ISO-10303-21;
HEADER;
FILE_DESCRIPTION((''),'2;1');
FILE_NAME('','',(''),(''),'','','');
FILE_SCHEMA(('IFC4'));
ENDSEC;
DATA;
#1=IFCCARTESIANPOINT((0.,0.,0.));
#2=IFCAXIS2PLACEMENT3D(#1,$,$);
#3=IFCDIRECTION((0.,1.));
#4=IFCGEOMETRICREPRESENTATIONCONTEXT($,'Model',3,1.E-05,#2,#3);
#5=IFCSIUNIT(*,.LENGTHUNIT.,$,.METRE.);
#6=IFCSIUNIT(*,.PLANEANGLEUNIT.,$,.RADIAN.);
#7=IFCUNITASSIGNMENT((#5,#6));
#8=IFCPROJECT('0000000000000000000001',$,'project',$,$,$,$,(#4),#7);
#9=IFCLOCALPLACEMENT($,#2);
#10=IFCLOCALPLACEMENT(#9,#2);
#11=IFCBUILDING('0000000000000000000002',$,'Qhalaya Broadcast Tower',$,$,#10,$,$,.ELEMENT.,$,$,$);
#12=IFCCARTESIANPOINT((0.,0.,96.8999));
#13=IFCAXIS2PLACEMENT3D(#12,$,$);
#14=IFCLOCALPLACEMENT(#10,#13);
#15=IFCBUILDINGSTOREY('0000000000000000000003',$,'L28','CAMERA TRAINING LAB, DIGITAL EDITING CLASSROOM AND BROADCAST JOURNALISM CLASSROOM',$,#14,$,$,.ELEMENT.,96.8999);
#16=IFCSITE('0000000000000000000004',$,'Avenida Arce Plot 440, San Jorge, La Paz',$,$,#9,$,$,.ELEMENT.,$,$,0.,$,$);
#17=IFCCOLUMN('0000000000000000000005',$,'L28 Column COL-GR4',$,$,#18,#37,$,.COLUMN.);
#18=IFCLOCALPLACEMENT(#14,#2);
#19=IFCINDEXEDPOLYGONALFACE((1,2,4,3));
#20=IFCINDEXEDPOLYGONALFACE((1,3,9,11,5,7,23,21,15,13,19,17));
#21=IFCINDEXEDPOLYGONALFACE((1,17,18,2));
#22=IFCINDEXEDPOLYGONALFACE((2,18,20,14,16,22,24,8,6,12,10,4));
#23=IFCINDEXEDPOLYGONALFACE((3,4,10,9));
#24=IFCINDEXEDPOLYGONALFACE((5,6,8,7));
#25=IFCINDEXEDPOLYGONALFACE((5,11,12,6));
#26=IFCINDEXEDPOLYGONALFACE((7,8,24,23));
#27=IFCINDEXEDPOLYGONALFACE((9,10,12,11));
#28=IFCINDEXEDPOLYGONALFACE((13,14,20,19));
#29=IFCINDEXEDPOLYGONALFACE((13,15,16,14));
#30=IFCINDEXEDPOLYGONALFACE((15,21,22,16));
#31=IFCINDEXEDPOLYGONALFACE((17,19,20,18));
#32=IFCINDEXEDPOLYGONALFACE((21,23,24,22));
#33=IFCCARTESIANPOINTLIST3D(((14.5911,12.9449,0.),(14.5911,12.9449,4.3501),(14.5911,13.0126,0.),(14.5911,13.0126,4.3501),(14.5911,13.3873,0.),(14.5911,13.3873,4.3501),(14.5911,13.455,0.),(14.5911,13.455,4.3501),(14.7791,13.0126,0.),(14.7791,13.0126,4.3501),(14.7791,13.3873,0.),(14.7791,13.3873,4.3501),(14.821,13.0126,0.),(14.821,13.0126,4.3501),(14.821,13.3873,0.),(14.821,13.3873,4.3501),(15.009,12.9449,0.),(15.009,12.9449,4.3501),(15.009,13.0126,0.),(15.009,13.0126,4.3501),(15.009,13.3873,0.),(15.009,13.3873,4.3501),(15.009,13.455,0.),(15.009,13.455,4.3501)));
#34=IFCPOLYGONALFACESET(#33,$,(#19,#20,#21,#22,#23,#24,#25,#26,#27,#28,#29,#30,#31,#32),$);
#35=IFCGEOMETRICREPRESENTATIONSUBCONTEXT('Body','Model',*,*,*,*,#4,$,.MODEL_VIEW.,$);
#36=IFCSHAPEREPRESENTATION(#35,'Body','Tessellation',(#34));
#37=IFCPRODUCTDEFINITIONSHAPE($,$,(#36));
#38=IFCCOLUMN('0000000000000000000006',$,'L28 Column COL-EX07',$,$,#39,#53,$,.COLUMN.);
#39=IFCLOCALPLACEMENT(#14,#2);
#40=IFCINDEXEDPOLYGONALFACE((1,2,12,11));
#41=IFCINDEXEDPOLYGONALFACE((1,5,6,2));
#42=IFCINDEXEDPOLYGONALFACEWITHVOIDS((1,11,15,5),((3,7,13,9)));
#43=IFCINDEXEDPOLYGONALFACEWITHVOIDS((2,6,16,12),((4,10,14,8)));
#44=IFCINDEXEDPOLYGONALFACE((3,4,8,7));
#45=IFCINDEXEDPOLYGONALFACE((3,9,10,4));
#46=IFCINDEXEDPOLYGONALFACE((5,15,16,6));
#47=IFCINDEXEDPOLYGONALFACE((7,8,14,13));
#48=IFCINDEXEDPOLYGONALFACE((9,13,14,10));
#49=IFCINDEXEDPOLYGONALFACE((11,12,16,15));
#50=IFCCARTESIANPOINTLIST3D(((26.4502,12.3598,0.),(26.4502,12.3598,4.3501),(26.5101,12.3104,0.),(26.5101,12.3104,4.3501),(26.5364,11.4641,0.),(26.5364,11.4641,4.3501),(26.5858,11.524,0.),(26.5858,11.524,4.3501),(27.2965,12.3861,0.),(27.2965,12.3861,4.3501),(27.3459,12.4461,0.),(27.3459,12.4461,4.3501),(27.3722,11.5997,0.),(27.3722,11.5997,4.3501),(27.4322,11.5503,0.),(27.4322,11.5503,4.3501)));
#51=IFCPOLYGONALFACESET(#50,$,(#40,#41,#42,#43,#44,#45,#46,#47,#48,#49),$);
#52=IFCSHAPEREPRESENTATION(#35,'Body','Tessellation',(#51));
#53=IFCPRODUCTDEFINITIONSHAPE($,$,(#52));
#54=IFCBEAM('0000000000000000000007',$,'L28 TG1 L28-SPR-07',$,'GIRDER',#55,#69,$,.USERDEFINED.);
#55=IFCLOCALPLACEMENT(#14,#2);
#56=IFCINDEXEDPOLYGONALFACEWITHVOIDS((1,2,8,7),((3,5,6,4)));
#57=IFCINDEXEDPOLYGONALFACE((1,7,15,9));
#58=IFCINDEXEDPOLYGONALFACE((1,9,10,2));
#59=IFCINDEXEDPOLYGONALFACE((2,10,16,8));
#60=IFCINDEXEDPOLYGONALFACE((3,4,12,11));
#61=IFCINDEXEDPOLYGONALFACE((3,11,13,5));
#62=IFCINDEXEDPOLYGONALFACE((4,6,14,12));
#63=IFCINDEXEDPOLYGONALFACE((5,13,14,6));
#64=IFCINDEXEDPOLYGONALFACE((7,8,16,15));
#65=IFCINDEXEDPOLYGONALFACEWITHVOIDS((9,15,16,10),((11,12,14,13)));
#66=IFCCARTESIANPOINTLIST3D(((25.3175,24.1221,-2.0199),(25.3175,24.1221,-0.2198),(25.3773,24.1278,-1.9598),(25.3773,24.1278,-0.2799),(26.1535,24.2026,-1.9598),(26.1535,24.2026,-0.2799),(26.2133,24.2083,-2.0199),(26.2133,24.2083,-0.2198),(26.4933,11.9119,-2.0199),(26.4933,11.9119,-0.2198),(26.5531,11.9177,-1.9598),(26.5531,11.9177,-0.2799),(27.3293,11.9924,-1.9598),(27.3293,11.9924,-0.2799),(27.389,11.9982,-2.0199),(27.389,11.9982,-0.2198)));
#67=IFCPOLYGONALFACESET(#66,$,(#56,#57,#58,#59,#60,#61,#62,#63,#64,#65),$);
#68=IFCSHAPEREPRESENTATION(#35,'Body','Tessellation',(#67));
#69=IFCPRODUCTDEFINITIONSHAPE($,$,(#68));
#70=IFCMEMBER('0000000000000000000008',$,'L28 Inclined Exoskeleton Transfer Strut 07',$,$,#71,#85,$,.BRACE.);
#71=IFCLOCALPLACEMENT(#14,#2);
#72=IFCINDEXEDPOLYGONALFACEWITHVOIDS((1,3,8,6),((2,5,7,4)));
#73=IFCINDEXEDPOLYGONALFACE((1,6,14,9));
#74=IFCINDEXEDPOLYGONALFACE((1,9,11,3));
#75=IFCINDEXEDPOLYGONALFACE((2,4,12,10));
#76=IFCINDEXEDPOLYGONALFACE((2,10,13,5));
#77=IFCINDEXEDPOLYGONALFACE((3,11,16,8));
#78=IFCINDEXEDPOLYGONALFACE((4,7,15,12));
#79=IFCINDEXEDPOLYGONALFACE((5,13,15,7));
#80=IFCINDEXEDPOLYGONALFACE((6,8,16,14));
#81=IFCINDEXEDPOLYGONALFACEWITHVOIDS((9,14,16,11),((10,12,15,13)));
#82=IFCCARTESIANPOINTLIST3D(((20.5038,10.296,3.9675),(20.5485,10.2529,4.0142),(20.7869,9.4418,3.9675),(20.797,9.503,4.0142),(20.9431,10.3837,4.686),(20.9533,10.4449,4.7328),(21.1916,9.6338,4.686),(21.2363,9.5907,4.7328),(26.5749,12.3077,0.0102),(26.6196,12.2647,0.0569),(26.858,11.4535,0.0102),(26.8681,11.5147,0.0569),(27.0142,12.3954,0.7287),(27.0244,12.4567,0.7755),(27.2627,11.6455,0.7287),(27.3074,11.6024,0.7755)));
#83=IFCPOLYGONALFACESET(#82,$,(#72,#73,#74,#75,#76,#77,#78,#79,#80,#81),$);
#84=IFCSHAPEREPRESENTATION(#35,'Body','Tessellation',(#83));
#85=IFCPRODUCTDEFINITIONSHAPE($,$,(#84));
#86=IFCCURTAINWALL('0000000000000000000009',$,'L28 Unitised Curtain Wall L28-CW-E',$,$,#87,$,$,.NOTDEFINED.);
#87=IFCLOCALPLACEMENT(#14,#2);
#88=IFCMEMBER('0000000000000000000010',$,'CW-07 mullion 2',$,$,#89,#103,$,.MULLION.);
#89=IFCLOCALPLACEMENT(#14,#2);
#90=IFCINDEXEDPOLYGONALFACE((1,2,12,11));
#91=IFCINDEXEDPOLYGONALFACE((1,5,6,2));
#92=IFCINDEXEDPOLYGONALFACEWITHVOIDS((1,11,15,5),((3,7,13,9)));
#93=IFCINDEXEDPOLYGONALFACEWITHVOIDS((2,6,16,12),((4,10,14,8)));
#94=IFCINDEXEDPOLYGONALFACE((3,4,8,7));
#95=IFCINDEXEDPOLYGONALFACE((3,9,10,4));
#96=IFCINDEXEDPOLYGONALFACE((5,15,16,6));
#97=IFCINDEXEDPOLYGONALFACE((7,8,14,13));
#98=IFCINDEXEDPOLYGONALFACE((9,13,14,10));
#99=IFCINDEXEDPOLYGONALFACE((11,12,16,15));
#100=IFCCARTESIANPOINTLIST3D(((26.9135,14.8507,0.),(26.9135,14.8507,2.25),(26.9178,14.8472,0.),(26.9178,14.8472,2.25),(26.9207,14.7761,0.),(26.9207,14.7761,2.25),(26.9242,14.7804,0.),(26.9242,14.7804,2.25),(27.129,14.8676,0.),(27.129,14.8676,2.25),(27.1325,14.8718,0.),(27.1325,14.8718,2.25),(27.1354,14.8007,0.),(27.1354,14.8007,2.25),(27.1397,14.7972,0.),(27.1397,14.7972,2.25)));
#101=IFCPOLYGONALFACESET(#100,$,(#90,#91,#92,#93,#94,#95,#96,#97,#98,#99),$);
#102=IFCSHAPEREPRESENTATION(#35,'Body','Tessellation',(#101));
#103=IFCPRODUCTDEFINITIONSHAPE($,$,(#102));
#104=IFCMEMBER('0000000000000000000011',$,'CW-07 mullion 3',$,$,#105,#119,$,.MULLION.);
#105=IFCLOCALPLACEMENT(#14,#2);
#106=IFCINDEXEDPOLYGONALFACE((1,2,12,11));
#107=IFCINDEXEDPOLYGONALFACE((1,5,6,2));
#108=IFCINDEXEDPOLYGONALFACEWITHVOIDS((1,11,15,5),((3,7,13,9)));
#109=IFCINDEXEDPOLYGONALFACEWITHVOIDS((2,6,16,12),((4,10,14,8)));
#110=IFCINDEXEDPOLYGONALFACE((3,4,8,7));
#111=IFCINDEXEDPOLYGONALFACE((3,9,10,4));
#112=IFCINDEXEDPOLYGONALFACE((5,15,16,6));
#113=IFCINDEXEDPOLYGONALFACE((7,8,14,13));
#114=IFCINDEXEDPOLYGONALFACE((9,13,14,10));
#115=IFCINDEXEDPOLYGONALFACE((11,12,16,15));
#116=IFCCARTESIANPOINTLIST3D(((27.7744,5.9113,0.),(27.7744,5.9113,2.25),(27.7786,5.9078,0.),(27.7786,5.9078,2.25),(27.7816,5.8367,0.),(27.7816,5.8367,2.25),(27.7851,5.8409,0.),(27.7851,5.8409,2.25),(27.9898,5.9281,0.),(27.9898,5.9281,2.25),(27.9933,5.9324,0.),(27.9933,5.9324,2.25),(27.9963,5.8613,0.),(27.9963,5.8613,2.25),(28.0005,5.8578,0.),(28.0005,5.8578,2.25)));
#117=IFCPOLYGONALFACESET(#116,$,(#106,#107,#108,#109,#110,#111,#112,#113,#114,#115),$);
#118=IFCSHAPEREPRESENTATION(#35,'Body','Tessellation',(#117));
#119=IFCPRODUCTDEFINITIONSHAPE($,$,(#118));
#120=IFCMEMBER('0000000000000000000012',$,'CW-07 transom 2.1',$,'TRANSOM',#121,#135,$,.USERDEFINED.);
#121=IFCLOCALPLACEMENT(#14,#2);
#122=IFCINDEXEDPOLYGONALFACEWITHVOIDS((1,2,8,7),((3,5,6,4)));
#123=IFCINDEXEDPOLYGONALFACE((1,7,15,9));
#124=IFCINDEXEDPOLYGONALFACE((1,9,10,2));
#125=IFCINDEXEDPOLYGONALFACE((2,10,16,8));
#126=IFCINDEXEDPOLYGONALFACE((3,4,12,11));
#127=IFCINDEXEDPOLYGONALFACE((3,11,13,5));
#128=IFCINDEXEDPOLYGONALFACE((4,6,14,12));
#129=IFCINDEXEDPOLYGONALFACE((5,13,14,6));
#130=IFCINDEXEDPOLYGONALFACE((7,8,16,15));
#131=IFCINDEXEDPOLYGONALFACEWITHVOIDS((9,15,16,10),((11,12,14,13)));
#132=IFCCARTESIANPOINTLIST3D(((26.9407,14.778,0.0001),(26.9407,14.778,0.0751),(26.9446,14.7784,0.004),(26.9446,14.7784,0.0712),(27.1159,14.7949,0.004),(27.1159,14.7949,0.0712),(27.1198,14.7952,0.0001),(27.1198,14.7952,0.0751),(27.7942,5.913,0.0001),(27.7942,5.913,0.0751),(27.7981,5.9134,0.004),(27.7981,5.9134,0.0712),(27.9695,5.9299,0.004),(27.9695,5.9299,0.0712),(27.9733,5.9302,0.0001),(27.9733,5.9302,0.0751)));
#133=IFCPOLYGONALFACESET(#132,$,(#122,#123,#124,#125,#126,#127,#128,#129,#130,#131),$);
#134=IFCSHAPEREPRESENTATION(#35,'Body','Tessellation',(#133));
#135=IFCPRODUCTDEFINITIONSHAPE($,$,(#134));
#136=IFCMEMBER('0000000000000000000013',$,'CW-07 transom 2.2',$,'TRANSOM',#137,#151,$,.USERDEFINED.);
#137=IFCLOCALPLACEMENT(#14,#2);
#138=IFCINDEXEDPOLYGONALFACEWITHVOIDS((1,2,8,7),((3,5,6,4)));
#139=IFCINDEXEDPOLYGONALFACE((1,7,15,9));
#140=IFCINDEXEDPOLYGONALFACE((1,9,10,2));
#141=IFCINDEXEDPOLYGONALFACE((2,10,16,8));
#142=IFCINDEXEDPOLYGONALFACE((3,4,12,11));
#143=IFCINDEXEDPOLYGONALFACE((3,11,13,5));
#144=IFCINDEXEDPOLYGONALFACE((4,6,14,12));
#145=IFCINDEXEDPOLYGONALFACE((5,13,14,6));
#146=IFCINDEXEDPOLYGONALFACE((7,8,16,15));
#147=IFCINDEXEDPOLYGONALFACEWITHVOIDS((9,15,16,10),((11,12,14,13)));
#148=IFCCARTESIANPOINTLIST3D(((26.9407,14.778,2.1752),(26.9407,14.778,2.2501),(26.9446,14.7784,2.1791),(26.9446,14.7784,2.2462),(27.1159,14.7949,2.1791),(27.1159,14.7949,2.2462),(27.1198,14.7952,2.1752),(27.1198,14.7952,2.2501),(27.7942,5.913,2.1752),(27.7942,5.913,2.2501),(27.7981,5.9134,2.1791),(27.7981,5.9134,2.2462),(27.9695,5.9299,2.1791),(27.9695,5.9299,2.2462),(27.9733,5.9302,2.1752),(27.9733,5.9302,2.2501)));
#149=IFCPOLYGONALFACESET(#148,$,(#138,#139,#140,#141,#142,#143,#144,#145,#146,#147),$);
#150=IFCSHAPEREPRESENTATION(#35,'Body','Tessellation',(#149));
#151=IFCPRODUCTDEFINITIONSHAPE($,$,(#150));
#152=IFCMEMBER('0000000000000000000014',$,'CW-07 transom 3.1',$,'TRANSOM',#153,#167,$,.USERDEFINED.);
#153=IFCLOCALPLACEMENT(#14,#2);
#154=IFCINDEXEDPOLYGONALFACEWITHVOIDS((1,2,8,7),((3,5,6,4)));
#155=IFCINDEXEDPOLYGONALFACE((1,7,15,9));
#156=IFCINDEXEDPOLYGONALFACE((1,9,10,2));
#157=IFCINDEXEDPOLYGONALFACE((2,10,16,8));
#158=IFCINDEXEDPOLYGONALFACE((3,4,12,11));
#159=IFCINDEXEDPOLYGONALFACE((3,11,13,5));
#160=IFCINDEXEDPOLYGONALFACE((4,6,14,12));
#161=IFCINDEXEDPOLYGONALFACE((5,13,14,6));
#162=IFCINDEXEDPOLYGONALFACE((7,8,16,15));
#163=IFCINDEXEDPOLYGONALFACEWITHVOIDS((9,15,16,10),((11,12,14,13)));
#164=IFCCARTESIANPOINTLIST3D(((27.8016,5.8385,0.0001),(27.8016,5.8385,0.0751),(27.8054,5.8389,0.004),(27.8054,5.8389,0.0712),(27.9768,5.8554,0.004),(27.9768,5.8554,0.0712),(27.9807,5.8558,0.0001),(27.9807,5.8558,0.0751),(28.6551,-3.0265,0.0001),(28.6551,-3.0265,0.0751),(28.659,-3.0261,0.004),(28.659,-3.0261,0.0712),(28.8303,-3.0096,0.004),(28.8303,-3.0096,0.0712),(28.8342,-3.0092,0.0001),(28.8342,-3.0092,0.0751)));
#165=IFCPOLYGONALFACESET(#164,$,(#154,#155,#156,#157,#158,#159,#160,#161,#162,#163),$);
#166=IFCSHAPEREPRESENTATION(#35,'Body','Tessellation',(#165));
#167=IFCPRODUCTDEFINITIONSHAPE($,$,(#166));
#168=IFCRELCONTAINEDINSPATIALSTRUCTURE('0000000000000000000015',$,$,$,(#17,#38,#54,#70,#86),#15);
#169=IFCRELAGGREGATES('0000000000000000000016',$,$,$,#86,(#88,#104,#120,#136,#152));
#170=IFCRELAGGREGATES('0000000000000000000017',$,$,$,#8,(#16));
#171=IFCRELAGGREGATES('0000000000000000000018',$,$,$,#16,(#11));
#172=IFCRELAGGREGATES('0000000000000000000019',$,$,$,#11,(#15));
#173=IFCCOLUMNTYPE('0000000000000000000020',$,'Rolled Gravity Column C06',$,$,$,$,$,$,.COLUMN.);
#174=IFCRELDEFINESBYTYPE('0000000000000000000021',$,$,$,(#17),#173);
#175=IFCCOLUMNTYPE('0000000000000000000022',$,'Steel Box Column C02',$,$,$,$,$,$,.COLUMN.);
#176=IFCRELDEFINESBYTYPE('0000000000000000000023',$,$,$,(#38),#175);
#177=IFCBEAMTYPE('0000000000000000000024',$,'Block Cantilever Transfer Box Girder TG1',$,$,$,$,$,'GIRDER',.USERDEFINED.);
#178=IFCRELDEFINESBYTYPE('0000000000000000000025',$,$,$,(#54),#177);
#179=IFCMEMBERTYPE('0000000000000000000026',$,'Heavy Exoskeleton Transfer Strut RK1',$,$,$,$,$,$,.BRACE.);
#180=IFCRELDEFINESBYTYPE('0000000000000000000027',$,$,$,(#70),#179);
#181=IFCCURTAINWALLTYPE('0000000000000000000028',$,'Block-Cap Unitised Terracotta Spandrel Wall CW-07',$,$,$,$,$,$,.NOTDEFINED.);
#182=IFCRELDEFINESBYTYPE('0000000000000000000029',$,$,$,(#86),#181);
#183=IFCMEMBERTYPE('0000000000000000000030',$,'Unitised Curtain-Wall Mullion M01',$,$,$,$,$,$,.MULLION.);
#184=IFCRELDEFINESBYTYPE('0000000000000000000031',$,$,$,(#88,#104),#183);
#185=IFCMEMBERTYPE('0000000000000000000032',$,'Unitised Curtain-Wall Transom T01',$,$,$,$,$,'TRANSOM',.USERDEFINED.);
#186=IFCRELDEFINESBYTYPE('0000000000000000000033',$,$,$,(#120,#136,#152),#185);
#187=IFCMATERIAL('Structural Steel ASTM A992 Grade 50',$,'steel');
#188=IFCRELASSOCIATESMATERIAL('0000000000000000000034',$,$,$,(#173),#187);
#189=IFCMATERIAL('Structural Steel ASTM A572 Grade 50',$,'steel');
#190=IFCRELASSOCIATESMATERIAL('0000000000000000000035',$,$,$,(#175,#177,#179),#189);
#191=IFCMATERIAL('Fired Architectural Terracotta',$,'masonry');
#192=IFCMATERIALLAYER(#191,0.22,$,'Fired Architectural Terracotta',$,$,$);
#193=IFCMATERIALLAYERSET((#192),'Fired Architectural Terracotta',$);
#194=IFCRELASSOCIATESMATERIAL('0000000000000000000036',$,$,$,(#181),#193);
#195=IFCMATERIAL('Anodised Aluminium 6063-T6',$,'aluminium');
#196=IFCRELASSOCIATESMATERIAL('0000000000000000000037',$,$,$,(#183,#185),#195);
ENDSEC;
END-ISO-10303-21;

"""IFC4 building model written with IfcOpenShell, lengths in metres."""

from ifc_helpers import new_model, si_unit, direction, frame, origin, origin_2d, place, context, subcontext, project, spatial, hollow_rectangle, i_section, extrude, material, layer, layer_set, material_profile, profile_set, type_object, element, aggregate, save


model = new_model("IFC4")

# Units and contexts
model_context = context("Model", 3, precision=1e-05, world=origin(), true_north=direction((0.0, 1.0)))
body_context = subcontext(model_context, "Body", "Model", "MODEL_VIEW")
ifc_project = project(units=[si_unit("LENGTHUNIT", "METRE"), si_unit("PLANEANGLEUNIT", "RADIAN")], contexts=[model_context])

# Site, building, storey
site_placement = place(None, origin())
site = spatial("IfcSite", under=ifc_project, at=site_placement, Name="Avenida Arce Plot 440, San Jorge, La Paz", CompositionType="ELEMENT", RefElevation=0.0)
building_placement = place(site_placement, origin())
building = spatial("IfcBuilding", under=site, at=building_placement, Name="Qhalaya Broadcast Tower", CompositionType="ELEMENT")
storey_placement = place(building_placement, frame((0.0, 0.0, 96.8999)))
storey = spatial("IfcBuildingStorey", under=building, at=storey_placement, Name="L28", Description="CAMERA TRAINING LAB, DIGITAL EDITING CLASSROOM AND BROADCAST JOURNALISM CLASSROOM", CompositionType="ELEMENT", Elevation=96.8999)

# Columns
ifc_material_1 = material(Name="Structural Steel ASTM A992 Grade 50", Category="steel")
ifc_material_profile_1 = material_profile(ifc_material_1, i_section(OverallWidth=0.418, OverallDepth=0.51, WebThickness=0.042, FlangeThickness=0.0676, at=origin_2d()), Name="W14X370")
ifc_profile_set_1 = profile_set([ifc_material_profile_1], Name="Structural Steel ASTM A992 Grade 50")
column_type_1 = type_object("IfcColumnType", Name="Rolled Gravity Column C06", PredefinedType="COLUMN", material=ifc_profile_set_1)
column_1_placement = place(storey_placement, frame((14.8, 13.2, 0.0), z_axis=(0.0, 0.0, 1.0), x_axis=(1.0, 0.0, 0.0)))
element("IfcColumn", 1, at=column_1_placement, inside=storey, type_object=column_type_1, Name="L28 Column COL-GR4", PredefinedType="COLUMN", context=body_context, shape_type="SweptSolid", body=[
    extrude(i_section(OverallWidth=0.418, OverallDepth=0.51, WebThickness=0.042, FlangeThickness=0.0676, at=origin_2d()), origin(), (0.0, 0.0, 1.0), 4.3501),
])
ifc_material_2 = material(Name="Structural Steel ASTM A572 Grade 50", Category="steel")
ifc_material_profile_2 = material_profile(ifc_material_2, hollow_rectangle(XDim=0.8999, YDim=0.8999, WallThickness=0.0549, at=origin_2d()), Name="BOX 900x900x55")
ifc_profile_set_2 = profile_set([ifc_material_profile_2], Name="Structural Steel ASTM A572 Grade 50")
column_type_2 = type_object("IfcColumnType", Name="Steel Box Column C02", PredefinedType="COLUMN", material=ifc_profile_set_2)
column_2_placement = place(storey_placement, frame((26.9412, 11.9551, 0.0), z_axis=(0.0, 0.0, 1.0), x_axis=(-0.095846, 0.995396, 0.0)))
element("IfcColumn", 2, at=column_2_placement, inside=storey, type_object=column_type_2, Name="L28 Column COL-EX07", PredefinedType="COLUMN", context=body_context, shape_type="SweptSolid", body=[
    extrude(hollow_rectangle(XDim=0.8999, YDim=0.8999, WallThickness=0.0549, at=origin_2d()), origin(), (0.0, 0.0, 1.0), 4.3501),
])

# Beam
ifc_material_profile_3 = material_profile(ifc_material_2, hollow_rectangle(XDim=0.8999, YDim=1.8, WallThickness=0.0601, at=origin_2d()), Name="BOX 900x1800x60")
ifc_profile_set_3 = profile_set([ifc_material_profile_3], Name="Structural Steel ASTM A572 Grade 50")
beam_type = type_object("IfcBeamType", Name="Block Cantilever Transfer Box Girder TG1", ElementType="GIRDER", PredefinedType="USERDEFINED", material=ifc_profile_set_3)
beam_placement = place(storey_placement, frame((26.9412, 11.9551, -1.1199), z_axis=(-0.095852, 0.995396, 0.0), x_axis=(-0.995396, -0.095852, 0.0)))
element("IfcBeam", 3, at=beam_placement, inside=storey, type_object=beam_type, Name="L28 TG1 L28-SPR-07", ObjectType="GIRDER", PredefinedType="USERDEFINED", context=body_context, shape_type="SweptSolid", body=[
    extrude(hollow_rectangle(XDim=0.8999, YDim=1.8, WallThickness=0.0601, at=origin_2d()), origin(), (0.0, 0.0, 1.0), 12.2666),
])

# Member
ifc_material_profile_4 = material_profile(ifc_material_2, hollow_rectangle(XDim=0.8999, YDim=0.8999, WallThickness=0.0549, at=origin_2d()), Name="BOX 900x900x55")
ifc_profile_set_4 = profile_set([ifc_material_profile_4], Name="Structural Steel ASTM A572 Grade 50")
member_type_1 = type_object("IfcMemberType", Name="Heavy Exoskeleton Transfer Strut RK1", PredefinedType="BRACE", material=ifc_profile_set_4)
member_1_placement = place(storey_placement, frame((26.9412, 11.9551, 0.3928), z_axis=(-0.807218, -0.267482, 0.526167), x_axis=(0.314544, -0.949243, 0.0)))
element("IfcMember", 4, at=member_1_placement, inside=storey, type_object=member_type_1, Name="L28 Inclined Exoskeleton Transfer Strut 07", PredefinedType="BRACE", context=body_context, shape_type="SweptSolid", body=[
    extrude(hollow_rectangle(XDim=0.8999, YDim=0.8999, WallThickness=0.0549, at=origin_2d()), origin(), (0.0, 0.0, 1.0), 7.521),
])

# Curtain wall, members
ifc_material_3 = material(Name="Fired Architectural Terracotta", Category="masonry")
ifc_layer_1 = layer(ifc_material_3, 0.22, Name="Fired Architectural Terracotta")
ifc_layer_set_1 = layer_set([ifc_layer_1], Name="Fired Architectural Terracotta")
curtain_wall_type = type_object("IfcCurtainWallType", Name="Block-Cap Unitised Terracotta Spandrel Wall CW-07", PredefinedType="NOTDEFINED", material=ifc_layer_set_1)
curtain_wall_placement = place(storey_placement, origin())
curtain_wall = element("IfcCurtainWall", 5, at=curtain_wall_placement, inside=storey, type_object=curtain_wall_type, Name="L28 Unitised Curtain Wall L28-CW-E", PredefinedType="NOTDEFINED")
ifc_material_4 = material(Name="Anodised Aluminium 6063-T6", Category="aluminium")
ifc_material_profile_5 = material_profile(ifc_material_4, hollow_rectangle(XDim=0.075, YDim=0.22, WallThickness=0.0039, at=origin_2d()), Name="ALU-MUL 75x220x4")
ifc_profile_set_5 = profile_set([ifc_material_profile_5], Name="Anodised Aluminium 6063-T6")
member_type_2 = type_object("IfcMemberType", Name="Unitised Curtain-Wall Mullion M01", PredefinedType="MULLION", material=ifc_profile_set_5)
member_2_placement = place(storey_placement, frame((27.0266, 14.824, 0.0), z_axis=(0.0, 0.0, 1.0), x_axis=(0.095847, -0.995396, 0.0)))
member_2 = element("IfcMember", 6, at=member_2_placement, type_object=member_type_2, Name="CW-07 mullion 2", PredefinedType="MULLION", context=body_context, shape_type="SweptSolid", body=[
    extrude(hollow_rectangle(XDim=0.075, YDim=0.22, WallThickness=0.0039, at=origin_2d()), origin(), (0.0, 0.0, 1.0), 2.25),
])
member_3_placement = place(storey_placement, frame((27.8875, 5.8845, 0.0), z_axis=(0.0, 0.0, 1.0), x_axis=(0.095847, -0.995396, 0.0)))
member_3 = element("IfcMember", 7, at=member_3_placement, type_object=member_type_2, Name="CW-07 mullion 3", PredefinedType="MULLION", context=body_context, shape_type="SweptSolid", body=[
    extrude(hollow_rectangle(XDim=0.075, YDim=0.22, WallThickness=0.0039, at=origin_2d()), origin(), (0.0, 0.0, 1.0), 2.25),
])
ifc_material_profile_6 = material_profile(ifc_material_4, hollow_rectangle(XDim=0.075, YDim=0.1799, WallThickness=0.0039, at=origin_2d()), Name="ALU-TRN 75x180x4")
ifc_profile_set_6 = profile_set([ifc_material_profile_6], Name="Anodised Aluminium 6063-T6")
member_type_3 = type_object("IfcMemberType", Name="Unitised Curtain-Wall Transom T01", ElementType="TRANSOM", PredefinedType="USERDEFINED", material=ifc_profile_set_6)
member_4_placement = place(storey_placement, frame((27.0303, 14.7866, 0.0376), z_axis=(0.095836, -0.995397, 0.0), x_axis=(0.0, 0.0, 1.0)))
member_4 = element("IfcMember", 8, at=member_4_placement, type_object=member_type_3, Name="CW-07 transom 2.1", ObjectType="TRANSOM", PredefinedType="USERDEFINED", context=body_context, shape_type="SweptSolid", body=[
    extrude(hollow_rectangle(XDim=0.075, YDim=0.1799, WallThickness=0.0039, at=origin_2d()), origin(), (0.0, 0.0, 1.0), 8.906),
])
member_5_placement = place(storey_placement, frame((27.0303, 14.7866, 2.2126), z_axis=(0.095836, -0.995397, 0.0), x_axis=(0.0, 0.0, 1.0)))
member_5 = element("IfcMember", 9, at=member_5_placement, type_object=member_type_3, Name="CW-07 transom 2.2", ObjectType="TRANSOM", PredefinedType="USERDEFINED", context=body_context, shape_type="SweptSolid", body=[
    extrude(hollow_rectangle(XDim=0.075, YDim=0.1799, WallThickness=0.0039, at=origin_2d()), origin(), (0.0, 0.0, 1.0), 8.906),
])
member_6_placement = place(storey_placement, frame((27.8911, 5.8472, 0.0376), z_axis=(0.095836, -0.995397, 0.0), x_axis=(0.0, 0.0, 1.0)))
member_6 = element("IfcMember", 10, at=member_6_placement, type_object=member_type_3, Name="CW-07 transom 3.1", ObjectType="TRANSOM", PredefinedType="USERDEFINED", context=body_context, shape_type="SweptSolid", body=[
    extrude(hollow_rectangle(XDim=0.075, YDim=0.1799, WallThickness=0.0039, at=origin_2d()), origin(), (0.0, 0.0, 1.0), 8.906),
])

aggregate(curtain_wall, [member_2, member_3, member_4, member_5, member_6])

save(model, "model.ifc")
